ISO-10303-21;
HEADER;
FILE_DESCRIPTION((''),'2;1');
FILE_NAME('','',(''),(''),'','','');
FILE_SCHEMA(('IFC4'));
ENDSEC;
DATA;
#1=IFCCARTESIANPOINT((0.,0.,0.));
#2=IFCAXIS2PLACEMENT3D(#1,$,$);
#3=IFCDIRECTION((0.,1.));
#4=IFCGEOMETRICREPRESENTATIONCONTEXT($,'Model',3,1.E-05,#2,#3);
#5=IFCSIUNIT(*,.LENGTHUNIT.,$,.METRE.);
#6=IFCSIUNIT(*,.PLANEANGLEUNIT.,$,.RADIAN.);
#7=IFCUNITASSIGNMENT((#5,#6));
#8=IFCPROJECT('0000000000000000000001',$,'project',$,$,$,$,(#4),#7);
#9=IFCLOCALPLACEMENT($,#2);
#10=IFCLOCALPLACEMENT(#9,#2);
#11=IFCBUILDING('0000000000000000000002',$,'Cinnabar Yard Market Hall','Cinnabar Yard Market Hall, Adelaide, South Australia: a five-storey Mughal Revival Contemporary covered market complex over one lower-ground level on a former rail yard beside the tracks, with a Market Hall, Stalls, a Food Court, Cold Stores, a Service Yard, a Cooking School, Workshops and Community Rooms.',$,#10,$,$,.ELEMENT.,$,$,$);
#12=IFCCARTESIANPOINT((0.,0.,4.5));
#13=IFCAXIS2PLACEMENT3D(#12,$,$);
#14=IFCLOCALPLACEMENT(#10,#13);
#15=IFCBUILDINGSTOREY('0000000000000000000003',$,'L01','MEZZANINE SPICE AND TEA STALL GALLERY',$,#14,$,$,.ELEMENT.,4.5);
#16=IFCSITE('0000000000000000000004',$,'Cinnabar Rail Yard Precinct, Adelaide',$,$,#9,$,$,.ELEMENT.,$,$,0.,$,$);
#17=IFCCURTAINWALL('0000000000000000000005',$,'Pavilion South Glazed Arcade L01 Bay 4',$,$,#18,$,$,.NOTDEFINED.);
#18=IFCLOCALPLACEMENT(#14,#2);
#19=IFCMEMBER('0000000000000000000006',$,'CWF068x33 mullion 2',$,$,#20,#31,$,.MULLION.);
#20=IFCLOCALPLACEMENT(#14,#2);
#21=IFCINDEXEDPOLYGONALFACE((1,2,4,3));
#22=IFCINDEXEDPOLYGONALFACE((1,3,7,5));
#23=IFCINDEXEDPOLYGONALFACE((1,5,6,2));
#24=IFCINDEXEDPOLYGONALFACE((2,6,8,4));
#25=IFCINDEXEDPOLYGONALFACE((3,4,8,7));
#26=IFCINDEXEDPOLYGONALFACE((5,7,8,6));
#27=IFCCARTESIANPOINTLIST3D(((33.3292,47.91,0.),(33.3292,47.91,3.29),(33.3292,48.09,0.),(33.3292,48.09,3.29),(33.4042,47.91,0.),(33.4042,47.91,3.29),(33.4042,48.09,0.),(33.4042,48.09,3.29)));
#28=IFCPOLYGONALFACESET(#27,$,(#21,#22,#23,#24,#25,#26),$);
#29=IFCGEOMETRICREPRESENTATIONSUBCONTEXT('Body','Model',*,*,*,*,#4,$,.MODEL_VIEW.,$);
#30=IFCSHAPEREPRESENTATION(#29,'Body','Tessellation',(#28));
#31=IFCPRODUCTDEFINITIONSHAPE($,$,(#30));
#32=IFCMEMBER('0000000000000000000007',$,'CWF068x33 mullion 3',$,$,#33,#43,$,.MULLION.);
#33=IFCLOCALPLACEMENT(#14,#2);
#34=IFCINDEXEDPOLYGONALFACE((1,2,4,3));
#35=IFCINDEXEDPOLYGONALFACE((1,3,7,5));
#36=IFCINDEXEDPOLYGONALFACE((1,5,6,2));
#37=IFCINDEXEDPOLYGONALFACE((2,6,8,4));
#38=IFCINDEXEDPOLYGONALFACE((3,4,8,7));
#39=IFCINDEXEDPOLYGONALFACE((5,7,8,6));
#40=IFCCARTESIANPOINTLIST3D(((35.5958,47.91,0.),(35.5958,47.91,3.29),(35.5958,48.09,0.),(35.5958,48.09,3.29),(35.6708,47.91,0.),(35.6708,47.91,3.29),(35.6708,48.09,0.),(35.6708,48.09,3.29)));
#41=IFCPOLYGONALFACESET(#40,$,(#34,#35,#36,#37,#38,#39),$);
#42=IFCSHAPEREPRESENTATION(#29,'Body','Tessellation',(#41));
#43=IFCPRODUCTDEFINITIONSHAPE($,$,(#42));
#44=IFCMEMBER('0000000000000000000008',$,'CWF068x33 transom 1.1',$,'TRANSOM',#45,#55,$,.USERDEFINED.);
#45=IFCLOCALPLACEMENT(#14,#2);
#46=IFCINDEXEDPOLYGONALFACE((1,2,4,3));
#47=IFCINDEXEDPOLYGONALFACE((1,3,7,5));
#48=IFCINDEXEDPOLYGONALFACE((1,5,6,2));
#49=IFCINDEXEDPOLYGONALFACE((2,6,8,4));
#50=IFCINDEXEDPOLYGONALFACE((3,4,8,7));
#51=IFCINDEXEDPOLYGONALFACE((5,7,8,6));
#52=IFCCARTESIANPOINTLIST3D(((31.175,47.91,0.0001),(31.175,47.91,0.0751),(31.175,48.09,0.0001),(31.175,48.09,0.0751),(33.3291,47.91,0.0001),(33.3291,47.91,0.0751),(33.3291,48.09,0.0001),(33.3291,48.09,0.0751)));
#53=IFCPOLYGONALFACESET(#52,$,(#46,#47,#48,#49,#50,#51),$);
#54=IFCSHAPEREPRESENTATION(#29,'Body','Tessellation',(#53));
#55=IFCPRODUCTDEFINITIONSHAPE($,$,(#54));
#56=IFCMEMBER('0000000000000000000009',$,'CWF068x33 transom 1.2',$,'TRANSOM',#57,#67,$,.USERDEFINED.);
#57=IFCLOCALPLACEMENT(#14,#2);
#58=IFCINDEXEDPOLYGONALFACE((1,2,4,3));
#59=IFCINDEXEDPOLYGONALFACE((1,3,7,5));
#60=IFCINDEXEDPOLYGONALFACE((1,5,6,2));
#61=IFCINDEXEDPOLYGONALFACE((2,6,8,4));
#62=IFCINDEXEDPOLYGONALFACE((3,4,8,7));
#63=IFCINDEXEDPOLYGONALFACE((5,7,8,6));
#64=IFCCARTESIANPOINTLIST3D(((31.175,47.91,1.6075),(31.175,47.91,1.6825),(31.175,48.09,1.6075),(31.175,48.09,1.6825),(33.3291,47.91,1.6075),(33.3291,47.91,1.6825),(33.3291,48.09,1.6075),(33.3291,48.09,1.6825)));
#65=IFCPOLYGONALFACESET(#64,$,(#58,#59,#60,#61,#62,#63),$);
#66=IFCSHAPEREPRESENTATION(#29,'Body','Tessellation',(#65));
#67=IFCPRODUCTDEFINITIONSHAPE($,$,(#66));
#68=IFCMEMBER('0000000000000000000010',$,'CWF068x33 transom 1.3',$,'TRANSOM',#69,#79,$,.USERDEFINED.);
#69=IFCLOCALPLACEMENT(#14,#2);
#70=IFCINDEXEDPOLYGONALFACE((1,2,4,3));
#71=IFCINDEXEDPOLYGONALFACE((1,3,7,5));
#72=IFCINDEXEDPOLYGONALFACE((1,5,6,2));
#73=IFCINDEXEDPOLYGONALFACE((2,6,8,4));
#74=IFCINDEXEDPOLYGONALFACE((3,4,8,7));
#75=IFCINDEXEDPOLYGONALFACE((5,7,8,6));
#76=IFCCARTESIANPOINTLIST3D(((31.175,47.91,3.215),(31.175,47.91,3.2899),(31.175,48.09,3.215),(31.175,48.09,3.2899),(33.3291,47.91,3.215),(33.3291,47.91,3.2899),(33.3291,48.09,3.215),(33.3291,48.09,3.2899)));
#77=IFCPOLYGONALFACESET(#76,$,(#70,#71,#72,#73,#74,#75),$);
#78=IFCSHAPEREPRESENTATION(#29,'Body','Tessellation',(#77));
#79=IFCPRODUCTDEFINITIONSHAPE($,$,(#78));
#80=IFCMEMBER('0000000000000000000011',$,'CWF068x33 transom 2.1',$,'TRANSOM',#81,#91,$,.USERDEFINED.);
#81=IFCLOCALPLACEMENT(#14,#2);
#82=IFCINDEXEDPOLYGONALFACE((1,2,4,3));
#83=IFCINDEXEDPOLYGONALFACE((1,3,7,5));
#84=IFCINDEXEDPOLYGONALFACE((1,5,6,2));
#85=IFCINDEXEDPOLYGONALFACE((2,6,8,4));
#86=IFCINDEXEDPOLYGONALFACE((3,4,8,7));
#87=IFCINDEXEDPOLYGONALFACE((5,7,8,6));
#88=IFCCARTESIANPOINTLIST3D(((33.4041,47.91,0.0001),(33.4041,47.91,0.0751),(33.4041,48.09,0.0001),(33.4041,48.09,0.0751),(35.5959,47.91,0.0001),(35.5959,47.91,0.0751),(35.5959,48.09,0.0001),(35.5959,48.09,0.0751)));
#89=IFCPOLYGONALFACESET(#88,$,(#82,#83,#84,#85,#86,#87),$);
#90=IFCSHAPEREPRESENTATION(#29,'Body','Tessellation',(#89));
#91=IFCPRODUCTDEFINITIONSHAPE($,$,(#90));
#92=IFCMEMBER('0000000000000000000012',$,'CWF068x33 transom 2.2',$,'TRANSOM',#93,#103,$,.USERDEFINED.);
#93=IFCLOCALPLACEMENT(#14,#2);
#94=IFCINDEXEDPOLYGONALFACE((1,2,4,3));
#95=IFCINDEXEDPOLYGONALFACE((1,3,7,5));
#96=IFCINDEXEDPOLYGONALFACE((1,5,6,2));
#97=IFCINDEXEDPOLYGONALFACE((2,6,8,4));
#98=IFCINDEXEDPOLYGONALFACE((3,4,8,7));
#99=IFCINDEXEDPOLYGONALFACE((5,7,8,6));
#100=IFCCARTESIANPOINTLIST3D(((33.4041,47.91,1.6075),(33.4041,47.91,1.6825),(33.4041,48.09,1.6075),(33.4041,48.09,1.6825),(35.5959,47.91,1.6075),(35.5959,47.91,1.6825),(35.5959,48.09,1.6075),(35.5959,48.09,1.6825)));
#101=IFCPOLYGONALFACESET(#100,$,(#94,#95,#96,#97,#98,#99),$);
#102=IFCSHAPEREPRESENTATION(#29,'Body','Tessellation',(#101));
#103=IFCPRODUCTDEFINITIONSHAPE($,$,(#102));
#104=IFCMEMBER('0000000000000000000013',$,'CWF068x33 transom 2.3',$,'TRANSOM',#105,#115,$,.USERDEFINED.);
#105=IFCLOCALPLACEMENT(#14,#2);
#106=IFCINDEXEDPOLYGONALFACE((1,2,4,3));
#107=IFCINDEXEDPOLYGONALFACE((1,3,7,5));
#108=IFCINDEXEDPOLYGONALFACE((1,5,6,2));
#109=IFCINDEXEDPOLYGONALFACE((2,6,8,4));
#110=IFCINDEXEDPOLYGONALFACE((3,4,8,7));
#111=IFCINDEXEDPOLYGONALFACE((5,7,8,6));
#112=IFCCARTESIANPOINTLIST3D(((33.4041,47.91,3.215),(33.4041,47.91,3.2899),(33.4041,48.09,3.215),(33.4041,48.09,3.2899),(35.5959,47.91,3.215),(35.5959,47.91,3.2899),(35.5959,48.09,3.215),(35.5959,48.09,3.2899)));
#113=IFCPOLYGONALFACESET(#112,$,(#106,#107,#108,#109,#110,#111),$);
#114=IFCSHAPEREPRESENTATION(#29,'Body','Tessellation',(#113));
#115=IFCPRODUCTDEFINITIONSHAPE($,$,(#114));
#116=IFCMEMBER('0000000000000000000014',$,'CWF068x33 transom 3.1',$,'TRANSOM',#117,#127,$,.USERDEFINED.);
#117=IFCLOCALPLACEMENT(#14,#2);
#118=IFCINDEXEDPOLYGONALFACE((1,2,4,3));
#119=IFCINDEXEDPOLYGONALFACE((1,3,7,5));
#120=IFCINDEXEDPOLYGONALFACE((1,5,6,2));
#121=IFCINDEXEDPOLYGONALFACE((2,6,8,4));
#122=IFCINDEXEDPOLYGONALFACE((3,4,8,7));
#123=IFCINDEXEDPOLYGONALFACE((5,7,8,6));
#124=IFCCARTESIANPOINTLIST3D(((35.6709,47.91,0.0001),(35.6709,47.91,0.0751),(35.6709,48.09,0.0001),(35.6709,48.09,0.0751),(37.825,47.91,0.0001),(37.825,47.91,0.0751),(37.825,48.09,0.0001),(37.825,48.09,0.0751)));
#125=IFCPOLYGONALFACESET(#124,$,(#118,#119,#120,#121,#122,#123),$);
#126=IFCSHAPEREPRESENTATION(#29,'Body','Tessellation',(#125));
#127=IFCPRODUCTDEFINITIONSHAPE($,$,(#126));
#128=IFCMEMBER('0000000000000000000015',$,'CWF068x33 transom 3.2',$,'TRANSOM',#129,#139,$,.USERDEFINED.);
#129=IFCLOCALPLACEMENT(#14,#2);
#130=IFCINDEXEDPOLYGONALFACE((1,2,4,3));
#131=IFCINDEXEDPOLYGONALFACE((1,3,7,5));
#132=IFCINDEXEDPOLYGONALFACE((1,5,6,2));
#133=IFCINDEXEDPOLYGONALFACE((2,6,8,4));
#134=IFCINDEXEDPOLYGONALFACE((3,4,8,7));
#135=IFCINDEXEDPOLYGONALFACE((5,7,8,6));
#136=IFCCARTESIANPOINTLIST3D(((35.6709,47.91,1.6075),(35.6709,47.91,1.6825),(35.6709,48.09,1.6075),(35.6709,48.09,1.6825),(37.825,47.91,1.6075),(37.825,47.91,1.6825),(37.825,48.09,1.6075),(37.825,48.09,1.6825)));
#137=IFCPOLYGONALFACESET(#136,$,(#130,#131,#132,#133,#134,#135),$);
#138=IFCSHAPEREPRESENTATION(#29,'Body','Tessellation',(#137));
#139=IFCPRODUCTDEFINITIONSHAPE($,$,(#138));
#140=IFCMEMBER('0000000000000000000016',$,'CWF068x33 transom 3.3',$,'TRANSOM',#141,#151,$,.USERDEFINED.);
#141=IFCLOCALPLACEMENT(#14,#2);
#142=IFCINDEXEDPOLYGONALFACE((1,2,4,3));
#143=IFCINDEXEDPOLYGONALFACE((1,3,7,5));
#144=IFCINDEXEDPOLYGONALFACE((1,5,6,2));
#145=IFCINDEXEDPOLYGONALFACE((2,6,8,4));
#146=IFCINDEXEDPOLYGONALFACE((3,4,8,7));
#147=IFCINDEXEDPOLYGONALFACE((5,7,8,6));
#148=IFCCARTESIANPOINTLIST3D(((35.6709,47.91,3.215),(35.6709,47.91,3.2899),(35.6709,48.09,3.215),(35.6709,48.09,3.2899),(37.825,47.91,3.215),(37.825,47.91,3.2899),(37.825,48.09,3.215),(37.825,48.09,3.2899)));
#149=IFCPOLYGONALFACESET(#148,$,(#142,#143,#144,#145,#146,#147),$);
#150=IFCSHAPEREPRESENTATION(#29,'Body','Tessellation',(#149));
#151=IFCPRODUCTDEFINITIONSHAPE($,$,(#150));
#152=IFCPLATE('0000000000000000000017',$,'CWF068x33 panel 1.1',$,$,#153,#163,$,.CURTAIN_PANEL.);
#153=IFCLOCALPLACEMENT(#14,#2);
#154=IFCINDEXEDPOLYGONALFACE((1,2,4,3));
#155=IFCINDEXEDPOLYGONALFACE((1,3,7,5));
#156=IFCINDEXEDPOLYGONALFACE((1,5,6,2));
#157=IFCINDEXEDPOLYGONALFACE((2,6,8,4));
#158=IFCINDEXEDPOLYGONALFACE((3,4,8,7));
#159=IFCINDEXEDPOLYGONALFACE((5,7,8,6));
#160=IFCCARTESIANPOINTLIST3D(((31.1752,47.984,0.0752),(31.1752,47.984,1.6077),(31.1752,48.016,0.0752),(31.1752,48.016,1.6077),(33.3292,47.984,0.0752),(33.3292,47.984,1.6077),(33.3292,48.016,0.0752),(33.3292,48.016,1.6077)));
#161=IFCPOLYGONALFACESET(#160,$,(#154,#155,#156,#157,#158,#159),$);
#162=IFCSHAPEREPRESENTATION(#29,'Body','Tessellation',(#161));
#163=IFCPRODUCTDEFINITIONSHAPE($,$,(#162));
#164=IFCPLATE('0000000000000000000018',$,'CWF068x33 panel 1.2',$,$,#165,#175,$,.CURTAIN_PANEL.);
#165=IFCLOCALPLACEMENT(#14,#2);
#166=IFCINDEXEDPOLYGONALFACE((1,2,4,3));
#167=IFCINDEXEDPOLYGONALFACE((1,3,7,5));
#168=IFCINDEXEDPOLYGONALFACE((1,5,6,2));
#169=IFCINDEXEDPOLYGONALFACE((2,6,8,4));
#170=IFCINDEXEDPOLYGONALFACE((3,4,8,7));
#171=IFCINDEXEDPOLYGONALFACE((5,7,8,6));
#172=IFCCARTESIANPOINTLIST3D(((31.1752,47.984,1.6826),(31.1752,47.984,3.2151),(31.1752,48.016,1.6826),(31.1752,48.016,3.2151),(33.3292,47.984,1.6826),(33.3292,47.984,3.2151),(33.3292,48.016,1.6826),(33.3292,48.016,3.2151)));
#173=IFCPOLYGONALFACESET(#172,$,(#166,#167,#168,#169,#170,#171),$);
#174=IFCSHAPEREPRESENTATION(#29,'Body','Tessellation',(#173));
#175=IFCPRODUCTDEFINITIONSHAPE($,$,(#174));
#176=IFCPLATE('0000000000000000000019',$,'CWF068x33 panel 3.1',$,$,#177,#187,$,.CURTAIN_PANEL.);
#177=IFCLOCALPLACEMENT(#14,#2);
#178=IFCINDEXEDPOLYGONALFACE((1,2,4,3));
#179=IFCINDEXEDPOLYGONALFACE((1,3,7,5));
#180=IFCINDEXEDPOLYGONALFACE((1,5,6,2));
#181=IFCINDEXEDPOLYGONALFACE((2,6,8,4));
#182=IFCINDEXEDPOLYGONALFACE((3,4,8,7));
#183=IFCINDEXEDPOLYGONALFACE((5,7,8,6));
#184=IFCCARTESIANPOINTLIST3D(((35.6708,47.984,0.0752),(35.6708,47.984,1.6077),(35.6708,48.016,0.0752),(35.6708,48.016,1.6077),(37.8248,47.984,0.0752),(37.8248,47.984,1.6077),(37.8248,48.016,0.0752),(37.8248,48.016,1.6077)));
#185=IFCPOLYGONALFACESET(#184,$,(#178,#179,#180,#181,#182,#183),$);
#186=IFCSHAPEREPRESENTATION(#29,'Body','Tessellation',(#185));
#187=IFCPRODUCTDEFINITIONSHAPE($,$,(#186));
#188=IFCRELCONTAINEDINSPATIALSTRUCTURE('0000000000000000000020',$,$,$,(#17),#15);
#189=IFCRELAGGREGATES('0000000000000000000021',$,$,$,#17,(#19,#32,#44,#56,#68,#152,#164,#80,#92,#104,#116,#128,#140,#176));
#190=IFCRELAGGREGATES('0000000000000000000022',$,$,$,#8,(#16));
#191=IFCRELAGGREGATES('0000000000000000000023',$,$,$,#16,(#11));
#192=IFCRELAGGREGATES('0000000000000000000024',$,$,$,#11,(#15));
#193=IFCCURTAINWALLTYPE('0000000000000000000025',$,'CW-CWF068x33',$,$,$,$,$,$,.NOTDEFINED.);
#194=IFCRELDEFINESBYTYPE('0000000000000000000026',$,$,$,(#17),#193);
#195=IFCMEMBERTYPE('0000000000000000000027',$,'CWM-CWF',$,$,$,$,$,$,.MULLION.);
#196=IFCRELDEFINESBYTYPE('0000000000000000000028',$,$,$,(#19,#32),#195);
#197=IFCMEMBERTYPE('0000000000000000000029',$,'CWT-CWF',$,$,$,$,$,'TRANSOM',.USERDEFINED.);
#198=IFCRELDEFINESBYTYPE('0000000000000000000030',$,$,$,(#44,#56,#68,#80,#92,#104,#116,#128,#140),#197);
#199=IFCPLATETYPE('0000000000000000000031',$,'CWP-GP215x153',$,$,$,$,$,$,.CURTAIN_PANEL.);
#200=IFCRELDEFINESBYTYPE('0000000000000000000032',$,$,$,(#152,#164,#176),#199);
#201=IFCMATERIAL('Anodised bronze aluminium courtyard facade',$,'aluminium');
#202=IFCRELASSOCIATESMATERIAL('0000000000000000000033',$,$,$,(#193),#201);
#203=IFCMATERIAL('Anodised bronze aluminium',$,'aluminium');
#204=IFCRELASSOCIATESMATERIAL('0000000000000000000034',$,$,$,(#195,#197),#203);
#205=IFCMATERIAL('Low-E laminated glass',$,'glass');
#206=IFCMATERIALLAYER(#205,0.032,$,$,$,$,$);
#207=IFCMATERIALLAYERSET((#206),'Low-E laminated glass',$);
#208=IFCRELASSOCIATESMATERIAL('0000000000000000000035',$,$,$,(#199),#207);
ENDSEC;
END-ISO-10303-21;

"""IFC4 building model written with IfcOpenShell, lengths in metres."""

from ifc_helpers import new_model, si_unit, direction, frame, origin, origin_2d_with_axis, place, context, subcontext, project, spatial, rectangle, extrude, material, layer, layer_set, material_profile, profile_set, type_object, element, aggregate, save


model = new_model("IFC4")

# Units and contexts
model_context = context("Model", 3, precision=1e-05, world=origin(), true_north=direction((0.0, 1.0)))
body_context = subcontext(model_context, "Body", "Model", "MODEL_VIEW")
ifc_project = project(units=[si_unit("LENGTHUNIT", "METRE"), si_unit("PLANEANGLEUNIT", "RADIAN")], contexts=[model_context])

# Site, building, storey
site_placement = place(None, origin())
site = spatial("IfcSite", under=ifc_project, at=site_placement, Name="Cinnabar Rail Yard Precinct, Adelaide", CompositionType="ELEMENT", RefElevation=0.0)
building_placement = place(site_placement, origin())
building = spatial("IfcBuilding", under=site, at=building_placement, Name="Cinnabar Yard Market Hall", Description="Cinnabar Yard Market Hall, Adelaide, South Australia: a five-storey Mughal Revival Contemporary covered market complex over one lower-ground level on a former rail yard beside the tracks, with a Market Hall, Stalls, a Food Court, Cold Stores, a Service Yard, a Cooking School, Workshops and Community Rooms.", CompositionType="ELEMENT")
storey_placement = place(building_placement, frame((0.0, 0.0, 4.5)))
storey = spatial("IfcBuildingStorey", under=building, at=storey_placement, Name="L01", Description="MEZZANINE SPICE AND TEA STALL GALLERY", CompositionType="ELEMENT", Elevation=4.5)

# Curtain wall, members, plates
ifc_material_1 = material(Name="Anodised bronze aluminium courtyard facade", Category="aluminium")
curtain_wall_type = type_object("IfcCurtainWallType", Name="CW-CWF068x33", PredefinedType="NOTDEFINED", material=ifc_material_1)
curtain_wall_placement = place(storey_placement, origin())
curtain_wall = element("IfcCurtainWall", 1, at=curtain_wall_placement, inside=storey, type_object=curtain_wall_type, Name="Pavilion South Glazed Arcade L01 Bay 4", PredefinedType="NOTDEFINED")
ifc_material_2 = material(Name="Anodised bronze aluminium", Category="aluminium")
ifc_material_profile_1 = material_profile(ifc_material_2, rectangle(XDim=0.1799, YDim=0.075, at=origin_2d_with_axis()), Name="MUL-CWF")
ifc_profile_set_1 = profile_set([ifc_material_profile_1], Name="Anodised bronze aluminium")
member_type_1 = type_object("IfcMemberType", Name="CWM-CWF", PredefinedType="MULLION", material=ifc_profile_set_1)
member_1_placement = place(storey_placement, frame((33.3667, 48.0, 0.0), z_axis=(0.0, 0.0, 1.0), x_axis=(0.0, 1.0, 0.0)))
member_1 = element("IfcMember", 2, at=member_1_placement, type_object=member_type_1, Name="CWF068x33 mullion 2", PredefinedType="MULLION", context=body_context, shape_type="SweptSolid", body=[
    extrude(rectangle(XDim=0.1799, YDim=0.075, at=origin_2d_with_axis()), origin(), (0.0, 0.0, 1.0), 3.29),
])
member_2_placement = place(storey_placement, frame((35.6333, 48.0, 0.0), z_axis=(0.0, 0.0, 1.0), x_axis=(0.0, 1.0, 0.0)))
member_2 = element("IfcMember", 3, at=member_2_placement, type_object=member_type_1, Name="CWF068x33 mullion 3", PredefinedType="MULLION", context=body_context, shape_type="SweptSolid", body=[
    extrude(rectangle(XDim=0.1799, YDim=0.075, at=origin_2d_with_axis()), origin(), (0.0, 0.0, 1.0), 3.29),
])
ifc_material_profile_2 = material_profile(ifc_material_2, rectangle(XDim=0.1799, YDim=0.075, at=origin_2d_with_axis()), Name="TRN-CWF")
ifc_profile_set_2 = profile_set([ifc_material_profile_2], Name="Anodised bronze aluminium")
member_type_2 = type_object("IfcMemberType", Name="CWT-CWF", ElementType="TRANSOM", PredefinedType="USERDEFINED", material=ifc_profile_set_2)
member_3_placement = place(storey_placement, frame((31.175, 48.0, 0.0376), z_axis=(1.0, 0.0, 0.0), x_axis=(0.0, 1.0, 0.0)))
member_3 = element("IfcMember", 4, at=member_3_placement, type_object=member_type_2, Name="CWF068x33 transom 1.1", ObjectType="TRANSOM", PredefinedType="USERDEFINED", context=body_context, shape_type="SweptSolid", body=[
    extrude(rectangle(XDim=0.1799, YDim=0.075, at=origin_2d_with_axis()), origin(), (0.0, 0.0, 1.0), 2.1541),
])
member_4_placement = place(storey_placement, frame((31.175, 48.0, 1.645), z_axis=(1.0, 0.0, 0.0), x_axis=(0.0, 1.0, 0.0)))
member_4 = element("IfcMember", 5, at=member_4_placement, type_object=member_type_2, Name="CWF068x33 transom 1.2", ObjectType="TRANSOM", PredefinedType="USERDEFINED", context=body_context, shape_type="SweptSolid", body=[
    extrude(rectangle(XDim=0.1799, YDim=0.075, at=origin_2d_with_axis()), origin(), (0.0, 0.0, 1.0), 2.1541),
])
member_5_placement = place(storey_placement, frame((31.175, 48.0, 3.2524), z_axis=(1.0, 0.0, 0.0), x_axis=(0.0, 1.0, 0.0)))
member_5 = element("IfcMember", 6, at=member_5_placement, type_object=member_type_2, Name="CWF068x33 transom 1.3", ObjectType="TRANSOM", PredefinedType="USERDEFINED", context=body_context, shape_type="SweptSolid", body=[
    extrude(rectangle(XDim=0.1799, YDim=0.075, at=origin_2d_with_axis()), origin(), (0.0, 0.0, 1.0), 2.1541),
])
member_6_placement = place(storey_placement, frame((33.4041, 48.0, 0.0376), z_axis=(1.0, 0.0, 0.0), x_axis=(0.0, 1.0, 0.0)))
member_6 = element("IfcMember", 7, at=member_6_placement, type_object=member_type_2, Name="CWF068x33 transom 2.1", ObjectType="TRANSOM", PredefinedType="USERDEFINED", context=body_context, shape_type="SweptSolid", body=[
    extrude(rectangle(XDim=0.1799, YDim=0.075, at=origin_2d_with_axis()), origin(), (0.0, 0.0, 1.0), 2.1919),
])
member_7_placement = place(storey_placement, frame((33.4041, 48.0, 1.645), z_axis=(1.0, 0.0, 0.0), x_axis=(0.0, 1.0, 0.0)))
member_7 = element("IfcMember", 8, at=member_7_placement, type_object=member_type_2, Name="CWF068x33 transom 2.2", ObjectType="TRANSOM", PredefinedType="USERDEFINED", context=body_context, shape_type="SweptSolid", body=[
    extrude(rectangle(XDim=0.1799, YDim=0.075, at=origin_2d_with_axis()), origin(), (0.0, 0.0, 1.0), 2.1919),
])
member_8_placement = place(storey_placement, frame((33.4041, 48.0, 3.2524), z_axis=(1.0, 0.0, 0.0), x_axis=(0.0, 1.0, 0.0)))
member_8 = element("IfcMember", 9, at=member_8_placement, type_object=member_type_2, Name="CWF068x33 transom 2.3", ObjectType="TRANSOM", PredefinedType="USERDEFINED", context=body_context, shape_type="SweptSolid", body=[
    extrude(rectangle(XDim=0.1799, YDim=0.075, at=origin_2d_with_axis()), origin(), (0.0, 0.0, 1.0), 2.1919),
])
member_9_placement = place(storey_placement, frame((35.6709, 48.0, 0.0376), z_axis=(1.0, 0.0, 0.0), x_axis=(0.0, 1.0, 0.0)))
member_9 = element("IfcMember", 10, at=member_9_placement, type_object=member_type_2, Name="CWF068x33 transom 3.1", ObjectType="TRANSOM", PredefinedType="USERDEFINED", context=body_context, shape_type="SweptSolid", body=[
    extrude(rectangle(XDim=0.1799, YDim=0.075, at=origin_2d_with_axis()), origin(), (0.0, 0.0, 1.0), 2.1541),
])
member_10_placement = place(storey_placement, frame((35.6709, 48.0, 1.645), z_axis=(1.0, 0.0, 0.0), x_axis=(0.0, 1.0, 0.0)))
member_10 = element("IfcMember", 11, at=member_10_placement, type_object=member_type_2, Name="CWF068x33 transom 3.2", ObjectType="TRANSOM", PredefinedType="USERDEFINED", context=body_context, shape_type="SweptSolid", body=[
    extrude(rectangle(XDim=0.1799, YDim=0.075, at=origin_2d_with_axis()), origin(), (0.0, 0.0, 1.0), 2.1541),
])
member_11_placement = place(storey_placement, frame((35.6709, 48.0, 3.2524), z_axis=(1.0, 0.0, 0.0), x_axis=(0.0, 1.0, 0.0)))
member_11 = element("IfcMember", 12, at=member_11_placement, type_object=member_type_2, Name="CWF068x33 transom 3.3", ObjectType="TRANSOM", PredefinedType="USERDEFINED", context=body_context, shape_type="SweptSolid", body=[
    extrude(rectangle(XDim=0.1799, YDim=0.075, at=origin_2d_with_axis()), origin(), (0.0, 0.0, 1.0), 2.1541),
])
ifc_material_3 = material(Name="Low-E laminated glass", Category="glass")
ifc_layer_1 = layer(ifc_material_3, 0.032)
ifc_layer_set_1 = layer_set([ifc_layer_1], Name="Low-E laminated glass")
plate_type_1 = type_object("IfcPlateType", Name="CWP-GP215x153", PredefinedType="CURTAIN_PANEL", material=ifc_layer_set_1)
plate_1_placement = place(storey_placement, frame((32.2522, 48.0, 0.0752), z_axis=(0.0, 0.0, 1.0), x_axis=(1.0, 0.0, 0.0)))
plate_1 = element("IfcPlate", 13, at=plate_1_placement, type_object=plate_type_1, Name="CWF068x33 panel 1.1", PredefinedType="CURTAIN_PANEL", context=body_context, shape_type="SweptSolid", body=[
    extrude(rectangle(XDim=2.1541, YDim=0.032, at=origin_2d_with_axis()), origin(), (0.0, 0.0, 1.0), 1.5325),
])
plate_2_placement = place(storey_placement, frame((32.2522, 48.0, 1.6826), z_axis=(0.0, 0.0, 1.0), x_axis=(1.0, 0.0, 0.0)))
plate_2 = element("IfcPlate", 14, at=plate_2_placement, type_object=plate_type_1, Name="CWF068x33 panel 1.2", PredefinedType="CURTAIN_PANEL", context=body_context, shape_type="SweptSolid", body=[
    extrude(rectangle(XDim=2.1541, YDim=0.032, at=origin_2d_with_axis()), origin(), (0.0, 0.0, 1.0), 1.5325),
])
plate_3_placement = place(storey_placement, frame((36.7478, 48.0, 0.0752), z_axis=(0.0, 0.0, 1.0), x_axis=(1.0, 0.0, 0.0)))
plate_3 = element("IfcPlate", 15, at=plate_3_placement, type_object=plate_type_1, Name="CWF068x33 panel 3.1", PredefinedType="CURTAIN_PANEL", context=body_context, shape_type="SweptSolid", body=[
    extrude(rectangle(XDim=2.1541, YDim=0.032, at=origin_2d_with_axis()), origin(), (0.0, 0.0, 1.0), 1.5325),
])
aggregate(curtain_wall, [member_1, member_2, member_3, member_4, member_5, plate_1, plate_2, member_6, member_7, member_8, member_9, member_10, member_11, plate_3])

save(model, "model.ifc")
